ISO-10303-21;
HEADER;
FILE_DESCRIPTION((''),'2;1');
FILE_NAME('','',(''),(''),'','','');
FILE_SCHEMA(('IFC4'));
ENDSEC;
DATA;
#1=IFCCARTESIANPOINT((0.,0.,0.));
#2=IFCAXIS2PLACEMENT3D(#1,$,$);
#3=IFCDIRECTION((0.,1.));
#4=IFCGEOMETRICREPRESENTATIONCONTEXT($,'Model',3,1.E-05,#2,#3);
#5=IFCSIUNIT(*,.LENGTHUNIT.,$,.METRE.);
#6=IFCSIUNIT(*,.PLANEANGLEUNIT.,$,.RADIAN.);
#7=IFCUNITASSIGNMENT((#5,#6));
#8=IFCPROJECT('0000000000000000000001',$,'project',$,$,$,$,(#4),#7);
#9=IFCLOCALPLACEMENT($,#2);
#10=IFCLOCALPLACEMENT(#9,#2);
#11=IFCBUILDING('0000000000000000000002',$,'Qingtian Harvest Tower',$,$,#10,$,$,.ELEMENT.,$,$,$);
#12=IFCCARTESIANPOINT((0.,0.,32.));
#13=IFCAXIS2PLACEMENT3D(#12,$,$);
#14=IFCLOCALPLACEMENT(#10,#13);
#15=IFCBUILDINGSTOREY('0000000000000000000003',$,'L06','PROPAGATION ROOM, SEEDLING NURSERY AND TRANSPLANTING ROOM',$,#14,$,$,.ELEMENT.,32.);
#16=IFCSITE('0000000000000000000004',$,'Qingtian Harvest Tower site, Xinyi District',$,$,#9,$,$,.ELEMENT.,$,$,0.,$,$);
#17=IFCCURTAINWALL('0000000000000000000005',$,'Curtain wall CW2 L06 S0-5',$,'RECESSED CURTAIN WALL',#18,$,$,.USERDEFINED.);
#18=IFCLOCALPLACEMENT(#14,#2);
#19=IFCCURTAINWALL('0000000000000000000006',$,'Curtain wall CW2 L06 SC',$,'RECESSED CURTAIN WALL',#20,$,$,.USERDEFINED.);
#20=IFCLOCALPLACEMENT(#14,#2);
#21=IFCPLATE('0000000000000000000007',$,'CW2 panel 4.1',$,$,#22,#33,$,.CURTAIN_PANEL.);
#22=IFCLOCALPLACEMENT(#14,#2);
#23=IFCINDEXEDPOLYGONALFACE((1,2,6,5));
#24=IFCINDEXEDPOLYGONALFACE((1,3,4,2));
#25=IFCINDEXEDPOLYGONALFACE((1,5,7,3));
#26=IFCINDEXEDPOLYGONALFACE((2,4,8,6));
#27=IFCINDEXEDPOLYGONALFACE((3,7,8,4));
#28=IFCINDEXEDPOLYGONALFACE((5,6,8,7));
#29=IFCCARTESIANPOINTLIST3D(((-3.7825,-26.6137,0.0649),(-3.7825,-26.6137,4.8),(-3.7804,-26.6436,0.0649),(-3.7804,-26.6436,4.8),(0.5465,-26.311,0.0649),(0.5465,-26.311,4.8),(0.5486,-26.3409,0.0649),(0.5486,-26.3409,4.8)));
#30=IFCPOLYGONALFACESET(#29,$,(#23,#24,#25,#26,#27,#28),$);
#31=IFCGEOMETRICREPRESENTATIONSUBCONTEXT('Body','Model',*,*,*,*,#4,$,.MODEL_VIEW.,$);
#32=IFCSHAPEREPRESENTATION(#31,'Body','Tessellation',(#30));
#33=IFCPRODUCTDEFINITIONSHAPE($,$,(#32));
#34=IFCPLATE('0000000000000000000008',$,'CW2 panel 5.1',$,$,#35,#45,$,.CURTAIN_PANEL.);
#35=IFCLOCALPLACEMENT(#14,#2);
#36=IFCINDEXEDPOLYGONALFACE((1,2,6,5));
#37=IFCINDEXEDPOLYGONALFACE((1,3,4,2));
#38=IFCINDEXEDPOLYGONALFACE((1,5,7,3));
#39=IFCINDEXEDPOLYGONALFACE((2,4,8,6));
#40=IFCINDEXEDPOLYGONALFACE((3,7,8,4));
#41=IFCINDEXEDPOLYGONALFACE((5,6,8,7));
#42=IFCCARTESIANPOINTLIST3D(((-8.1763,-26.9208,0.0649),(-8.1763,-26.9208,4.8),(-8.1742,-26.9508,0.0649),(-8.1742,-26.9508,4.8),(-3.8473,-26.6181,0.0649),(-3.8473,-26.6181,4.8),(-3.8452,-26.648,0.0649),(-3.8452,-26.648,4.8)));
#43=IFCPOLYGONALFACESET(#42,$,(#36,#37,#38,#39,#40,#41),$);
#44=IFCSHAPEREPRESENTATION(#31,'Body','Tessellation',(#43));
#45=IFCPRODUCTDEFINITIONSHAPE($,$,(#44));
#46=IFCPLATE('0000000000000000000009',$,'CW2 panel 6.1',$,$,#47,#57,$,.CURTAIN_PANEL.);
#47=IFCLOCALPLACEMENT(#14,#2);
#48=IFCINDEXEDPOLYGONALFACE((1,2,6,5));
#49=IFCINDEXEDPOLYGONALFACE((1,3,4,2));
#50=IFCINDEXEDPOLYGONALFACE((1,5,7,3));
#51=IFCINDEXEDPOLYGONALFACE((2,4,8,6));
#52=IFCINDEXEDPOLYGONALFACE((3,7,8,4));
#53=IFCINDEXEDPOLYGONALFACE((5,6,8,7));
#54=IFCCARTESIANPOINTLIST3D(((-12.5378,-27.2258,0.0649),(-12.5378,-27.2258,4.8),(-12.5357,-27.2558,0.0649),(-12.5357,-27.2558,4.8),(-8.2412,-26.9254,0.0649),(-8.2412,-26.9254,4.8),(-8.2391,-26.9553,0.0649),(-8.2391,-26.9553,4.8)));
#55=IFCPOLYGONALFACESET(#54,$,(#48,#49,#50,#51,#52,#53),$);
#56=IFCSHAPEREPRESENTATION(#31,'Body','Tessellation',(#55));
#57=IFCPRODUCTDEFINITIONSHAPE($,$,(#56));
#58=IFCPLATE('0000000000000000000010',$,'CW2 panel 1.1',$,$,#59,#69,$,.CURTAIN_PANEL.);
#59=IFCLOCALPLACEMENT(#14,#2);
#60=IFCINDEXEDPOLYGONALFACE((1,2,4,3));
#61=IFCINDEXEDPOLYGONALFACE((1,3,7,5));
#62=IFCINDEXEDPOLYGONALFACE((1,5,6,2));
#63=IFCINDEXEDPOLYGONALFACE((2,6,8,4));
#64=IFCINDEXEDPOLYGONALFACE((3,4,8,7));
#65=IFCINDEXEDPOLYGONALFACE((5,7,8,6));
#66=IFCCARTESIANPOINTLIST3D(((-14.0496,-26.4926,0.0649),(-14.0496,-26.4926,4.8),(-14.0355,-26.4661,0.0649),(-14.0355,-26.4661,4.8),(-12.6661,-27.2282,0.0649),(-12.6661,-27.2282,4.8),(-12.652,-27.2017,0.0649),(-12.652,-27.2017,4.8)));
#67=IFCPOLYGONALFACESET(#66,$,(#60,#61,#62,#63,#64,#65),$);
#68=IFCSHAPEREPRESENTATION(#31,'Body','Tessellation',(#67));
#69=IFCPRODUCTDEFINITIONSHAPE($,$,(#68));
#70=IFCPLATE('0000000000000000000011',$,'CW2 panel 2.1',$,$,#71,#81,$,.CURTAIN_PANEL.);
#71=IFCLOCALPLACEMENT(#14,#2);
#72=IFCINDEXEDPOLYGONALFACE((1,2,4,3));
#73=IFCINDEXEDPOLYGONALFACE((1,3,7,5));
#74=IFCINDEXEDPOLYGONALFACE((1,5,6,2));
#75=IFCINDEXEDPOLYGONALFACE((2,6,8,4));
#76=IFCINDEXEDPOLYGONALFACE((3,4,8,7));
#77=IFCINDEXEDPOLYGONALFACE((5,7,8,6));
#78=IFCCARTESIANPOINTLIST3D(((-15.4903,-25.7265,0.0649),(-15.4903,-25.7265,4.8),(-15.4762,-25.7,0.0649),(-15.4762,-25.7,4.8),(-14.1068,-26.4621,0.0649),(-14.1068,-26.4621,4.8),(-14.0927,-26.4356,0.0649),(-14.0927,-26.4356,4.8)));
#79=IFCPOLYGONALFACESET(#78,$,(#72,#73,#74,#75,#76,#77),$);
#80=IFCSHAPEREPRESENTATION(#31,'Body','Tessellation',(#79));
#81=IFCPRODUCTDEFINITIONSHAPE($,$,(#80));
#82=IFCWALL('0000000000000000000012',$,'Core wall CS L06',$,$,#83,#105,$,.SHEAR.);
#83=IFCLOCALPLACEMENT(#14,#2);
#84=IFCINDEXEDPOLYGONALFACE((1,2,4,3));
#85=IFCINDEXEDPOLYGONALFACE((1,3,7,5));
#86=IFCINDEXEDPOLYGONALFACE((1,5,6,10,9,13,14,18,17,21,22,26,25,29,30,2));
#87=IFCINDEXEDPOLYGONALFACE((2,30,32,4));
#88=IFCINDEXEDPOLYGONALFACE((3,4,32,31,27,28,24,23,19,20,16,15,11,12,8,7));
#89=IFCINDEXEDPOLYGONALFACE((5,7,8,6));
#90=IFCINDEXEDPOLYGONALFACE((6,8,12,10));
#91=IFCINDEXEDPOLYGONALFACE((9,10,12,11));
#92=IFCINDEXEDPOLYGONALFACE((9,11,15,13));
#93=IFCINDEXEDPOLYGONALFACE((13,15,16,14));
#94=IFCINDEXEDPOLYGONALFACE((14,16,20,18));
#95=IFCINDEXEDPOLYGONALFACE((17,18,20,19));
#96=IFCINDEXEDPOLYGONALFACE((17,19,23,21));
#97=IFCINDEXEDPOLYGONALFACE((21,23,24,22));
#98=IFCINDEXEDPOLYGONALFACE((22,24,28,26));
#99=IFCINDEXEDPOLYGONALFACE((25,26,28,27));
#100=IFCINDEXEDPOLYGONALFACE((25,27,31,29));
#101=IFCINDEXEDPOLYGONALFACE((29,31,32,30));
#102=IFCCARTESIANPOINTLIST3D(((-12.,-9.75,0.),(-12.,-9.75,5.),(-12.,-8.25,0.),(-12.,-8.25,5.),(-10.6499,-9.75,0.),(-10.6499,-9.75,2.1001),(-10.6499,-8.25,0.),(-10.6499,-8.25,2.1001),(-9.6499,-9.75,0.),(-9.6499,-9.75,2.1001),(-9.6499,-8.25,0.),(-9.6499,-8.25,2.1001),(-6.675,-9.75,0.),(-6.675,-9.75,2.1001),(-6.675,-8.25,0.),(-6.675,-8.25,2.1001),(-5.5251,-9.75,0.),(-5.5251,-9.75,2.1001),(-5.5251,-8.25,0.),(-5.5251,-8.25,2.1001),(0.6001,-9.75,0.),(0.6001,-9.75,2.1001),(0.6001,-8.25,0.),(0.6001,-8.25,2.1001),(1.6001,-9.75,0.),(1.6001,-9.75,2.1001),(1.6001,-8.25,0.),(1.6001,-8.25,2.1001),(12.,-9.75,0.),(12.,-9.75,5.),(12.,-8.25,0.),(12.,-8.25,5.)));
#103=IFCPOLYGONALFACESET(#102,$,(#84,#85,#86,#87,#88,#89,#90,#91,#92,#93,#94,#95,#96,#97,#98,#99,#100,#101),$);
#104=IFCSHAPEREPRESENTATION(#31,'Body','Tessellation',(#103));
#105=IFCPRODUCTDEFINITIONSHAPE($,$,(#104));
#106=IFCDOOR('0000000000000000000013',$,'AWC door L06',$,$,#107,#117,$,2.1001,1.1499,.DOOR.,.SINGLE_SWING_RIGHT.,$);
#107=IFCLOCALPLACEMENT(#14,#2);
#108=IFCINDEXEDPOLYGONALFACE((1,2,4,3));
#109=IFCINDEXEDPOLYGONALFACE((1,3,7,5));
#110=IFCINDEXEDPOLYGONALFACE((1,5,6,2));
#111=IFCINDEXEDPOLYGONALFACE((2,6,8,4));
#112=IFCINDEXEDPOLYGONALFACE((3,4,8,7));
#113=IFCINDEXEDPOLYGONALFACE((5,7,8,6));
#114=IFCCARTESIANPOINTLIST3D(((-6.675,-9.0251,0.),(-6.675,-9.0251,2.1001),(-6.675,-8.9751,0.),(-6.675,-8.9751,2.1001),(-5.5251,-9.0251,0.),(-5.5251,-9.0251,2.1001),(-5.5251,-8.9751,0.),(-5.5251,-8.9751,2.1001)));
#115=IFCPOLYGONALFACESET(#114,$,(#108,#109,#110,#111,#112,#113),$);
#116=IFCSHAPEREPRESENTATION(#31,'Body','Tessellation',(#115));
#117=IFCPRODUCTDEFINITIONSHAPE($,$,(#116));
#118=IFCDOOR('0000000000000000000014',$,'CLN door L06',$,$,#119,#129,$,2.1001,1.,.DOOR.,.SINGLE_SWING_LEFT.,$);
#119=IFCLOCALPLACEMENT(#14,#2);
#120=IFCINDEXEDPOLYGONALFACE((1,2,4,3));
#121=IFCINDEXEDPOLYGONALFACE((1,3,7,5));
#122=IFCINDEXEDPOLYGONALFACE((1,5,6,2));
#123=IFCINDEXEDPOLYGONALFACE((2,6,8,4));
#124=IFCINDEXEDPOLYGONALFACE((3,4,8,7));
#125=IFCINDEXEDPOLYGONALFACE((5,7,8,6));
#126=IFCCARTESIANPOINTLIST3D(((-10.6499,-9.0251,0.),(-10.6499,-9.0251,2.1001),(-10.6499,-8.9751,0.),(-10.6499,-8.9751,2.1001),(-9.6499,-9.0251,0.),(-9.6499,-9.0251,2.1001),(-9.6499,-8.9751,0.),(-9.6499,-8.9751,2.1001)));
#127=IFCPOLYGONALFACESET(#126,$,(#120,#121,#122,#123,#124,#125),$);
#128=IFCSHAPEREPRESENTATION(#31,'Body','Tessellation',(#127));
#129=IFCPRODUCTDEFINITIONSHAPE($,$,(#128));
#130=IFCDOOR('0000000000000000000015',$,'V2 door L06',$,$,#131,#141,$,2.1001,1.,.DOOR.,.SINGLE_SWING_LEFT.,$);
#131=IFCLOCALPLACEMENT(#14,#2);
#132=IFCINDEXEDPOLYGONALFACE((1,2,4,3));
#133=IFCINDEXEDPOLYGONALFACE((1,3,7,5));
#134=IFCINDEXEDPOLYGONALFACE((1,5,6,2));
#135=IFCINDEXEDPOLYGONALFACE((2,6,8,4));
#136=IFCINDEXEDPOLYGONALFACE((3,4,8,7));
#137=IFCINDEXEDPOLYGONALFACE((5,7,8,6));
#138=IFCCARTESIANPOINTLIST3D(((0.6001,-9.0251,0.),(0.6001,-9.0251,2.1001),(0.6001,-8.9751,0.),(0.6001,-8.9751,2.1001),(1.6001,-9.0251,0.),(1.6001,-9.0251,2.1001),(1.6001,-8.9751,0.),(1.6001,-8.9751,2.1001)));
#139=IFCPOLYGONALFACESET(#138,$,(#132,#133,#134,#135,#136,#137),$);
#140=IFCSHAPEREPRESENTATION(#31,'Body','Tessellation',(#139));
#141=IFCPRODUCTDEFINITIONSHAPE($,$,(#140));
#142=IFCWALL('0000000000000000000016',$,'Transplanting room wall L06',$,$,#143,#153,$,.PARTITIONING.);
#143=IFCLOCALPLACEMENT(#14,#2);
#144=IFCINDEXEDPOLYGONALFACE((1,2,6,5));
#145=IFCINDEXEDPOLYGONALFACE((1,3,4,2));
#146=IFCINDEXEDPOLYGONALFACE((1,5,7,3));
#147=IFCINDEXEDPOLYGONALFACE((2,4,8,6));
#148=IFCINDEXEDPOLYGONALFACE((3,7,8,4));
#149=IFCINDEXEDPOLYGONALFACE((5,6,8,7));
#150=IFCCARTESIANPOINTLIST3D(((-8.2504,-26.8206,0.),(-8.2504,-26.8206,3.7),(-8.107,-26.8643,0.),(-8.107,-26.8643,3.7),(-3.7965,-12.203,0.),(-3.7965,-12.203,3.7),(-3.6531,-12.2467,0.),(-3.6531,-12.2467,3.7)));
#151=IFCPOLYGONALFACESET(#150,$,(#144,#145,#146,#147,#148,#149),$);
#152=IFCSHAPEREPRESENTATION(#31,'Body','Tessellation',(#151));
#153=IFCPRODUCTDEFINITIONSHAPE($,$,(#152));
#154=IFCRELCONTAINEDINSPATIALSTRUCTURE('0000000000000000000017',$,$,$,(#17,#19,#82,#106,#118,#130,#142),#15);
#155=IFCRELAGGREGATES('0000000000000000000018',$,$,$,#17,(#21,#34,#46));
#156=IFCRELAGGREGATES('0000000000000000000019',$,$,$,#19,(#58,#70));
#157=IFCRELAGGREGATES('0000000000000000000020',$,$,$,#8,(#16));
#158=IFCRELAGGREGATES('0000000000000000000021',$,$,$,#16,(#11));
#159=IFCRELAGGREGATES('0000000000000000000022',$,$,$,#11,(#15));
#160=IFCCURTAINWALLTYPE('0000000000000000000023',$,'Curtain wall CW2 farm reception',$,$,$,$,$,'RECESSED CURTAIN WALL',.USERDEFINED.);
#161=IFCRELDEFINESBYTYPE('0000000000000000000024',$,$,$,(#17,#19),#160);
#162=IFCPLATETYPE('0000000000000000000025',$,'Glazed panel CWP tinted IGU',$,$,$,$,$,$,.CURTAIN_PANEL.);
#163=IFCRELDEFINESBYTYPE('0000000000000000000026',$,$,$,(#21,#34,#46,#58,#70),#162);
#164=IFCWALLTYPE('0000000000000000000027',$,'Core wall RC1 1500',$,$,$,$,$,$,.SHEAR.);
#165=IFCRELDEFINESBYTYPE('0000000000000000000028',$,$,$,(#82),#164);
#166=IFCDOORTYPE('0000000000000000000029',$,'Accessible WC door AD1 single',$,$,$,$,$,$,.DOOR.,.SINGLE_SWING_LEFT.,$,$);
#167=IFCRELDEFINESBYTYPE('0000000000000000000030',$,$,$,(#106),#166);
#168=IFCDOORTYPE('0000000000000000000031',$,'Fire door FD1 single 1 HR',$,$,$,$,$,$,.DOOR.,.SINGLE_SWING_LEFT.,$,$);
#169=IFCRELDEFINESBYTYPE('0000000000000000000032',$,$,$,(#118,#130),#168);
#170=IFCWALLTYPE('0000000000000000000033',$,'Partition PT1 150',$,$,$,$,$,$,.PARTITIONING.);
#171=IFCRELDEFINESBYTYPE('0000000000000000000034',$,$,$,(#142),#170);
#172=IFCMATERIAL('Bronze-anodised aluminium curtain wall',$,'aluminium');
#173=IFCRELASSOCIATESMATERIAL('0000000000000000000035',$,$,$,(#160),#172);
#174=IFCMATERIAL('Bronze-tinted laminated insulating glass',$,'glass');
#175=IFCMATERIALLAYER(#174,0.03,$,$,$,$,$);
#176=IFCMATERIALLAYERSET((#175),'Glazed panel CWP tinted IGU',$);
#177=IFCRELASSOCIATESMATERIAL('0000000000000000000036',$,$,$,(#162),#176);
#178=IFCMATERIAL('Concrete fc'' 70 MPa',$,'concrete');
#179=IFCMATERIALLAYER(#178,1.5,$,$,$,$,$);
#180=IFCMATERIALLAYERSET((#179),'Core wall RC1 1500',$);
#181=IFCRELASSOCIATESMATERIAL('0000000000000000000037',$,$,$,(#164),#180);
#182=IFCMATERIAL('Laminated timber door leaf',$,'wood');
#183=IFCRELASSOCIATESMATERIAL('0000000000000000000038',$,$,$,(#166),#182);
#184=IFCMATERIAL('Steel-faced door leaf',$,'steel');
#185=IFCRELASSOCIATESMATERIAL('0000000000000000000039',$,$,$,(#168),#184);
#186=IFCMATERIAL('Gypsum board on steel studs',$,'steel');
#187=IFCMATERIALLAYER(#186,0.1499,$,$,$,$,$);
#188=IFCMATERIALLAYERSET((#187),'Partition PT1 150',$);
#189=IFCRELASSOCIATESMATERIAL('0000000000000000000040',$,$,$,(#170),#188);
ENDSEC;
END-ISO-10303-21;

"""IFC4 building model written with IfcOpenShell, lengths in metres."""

from ifc_helpers import new_model, si_unit, direction, frame, frame_2d, origin, origin_2d, place, context, subcontext, project, spatial, rectangle, extrude, material, layer, layer_set, type_object, element, fill, aggregate, save


model = new_model("IFC4")

# Units and contexts
model_context = context("Model", 3, precision=1e-05, world=origin(), true_north=direction((0.0, 1.0)))
body_context = subcontext(model_context, "Body", "Model", "MODEL_VIEW")
ifc_project = project(units=[si_unit("LENGTHUNIT", "METRE"), si_unit("PLANEANGLEUNIT", "RADIAN")], contexts=[model_context])

# Site, building, storey
site_placement = place(None, origin())
site = spatial("IfcSite", under=ifc_project, at=site_placement, Name="Qingtian Harvest Tower site, Xinyi District", CompositionType="ELEMENT", RefElevation=0.0)
building_placement = place(site_placement, origin())
building = spatial("IfcBuilding", under=site, at=building_placement, Name="Qingtian Harvest Tower", CompositionType="ELEMENT")
storey_placement = place(building_placement, frame((0.0, 0.0, 32.0)))
storey = spatial("IfcBuildingStorey", under=building, at=storey_placement, Name="L06", Description="PROPAGATION ROOM, SEEDLING NURSERY AND TRANSPLANTING ROOM", CompositionType="ELEMENT", Elevation=32.0)

# Curtain walls
ifc_material_1 = material(Name="Bronze-anodised aluminium curtain wall", Category="aluminium")
curtain_wall_type = type_object("IfcCurtainWallType", Name="Curtain wall CW2 farm reception", ElementType="RECESSED CURTAIN WALL", PredefinedType="USERDEFINED", material=ifc_material_1)
curtain_wall_1_placement = place(storey_placement, origin())
curtain_wall_1 = element("IfcCurtainWall", 1, at=curtain_wall_1_placement, inside=storey, type_object=curtain_wall_type, Name="Curtain wall CW2 L06 S0-5", ObjectType="RECESSED CURTAIN WALL", PredefinedType="USERDEFINED")
curtain_wall_2_placement = place(storey_placement, origin())
curtain_wall_2 = element("IfcCurtainWall", 2, at=curtain_wall_2_placement, inside=storey, type_object=curtain_wall_type, Name="Curtain wall CW2 L06 SC", ObjectType="RECESSED CURTAIN WALL", PredefinedType="USERDEFINED")

# Plates
ifc_material_2 = material(Name="Bronze-tinted laminated insulating glass", Category="glass")
ifc_layer_1 = layer(ifc_material_2, 0.03)
ifc_layer_set_1 = layer_set([ifc_layer_1], Name="Glazed panel CWP tinted IGU")
plate_type = type_object("IfcPlateType", Name="Glazed panel CWP tinted IGU", PredefinedType="CURTAIN_PANEL", material=ifc_layer_set_1)
plate_1_placement = place(storey_placement, frame((-1.6169, -26.4773, 0.0649), z_axis=(0.0, 0.0, 1.0), x_axis=(-0.997564, -0.069756, 0.0)))
plate_1 = element("IfcPlate", 3, at=plate_1_placement, type_object=plate_type, Name="CW2 panel 4.1", PredefinedType="CURTAIN_PANEL", context=body_context, shape_type="SweptSolid", body=[
    extrude(rectangle(XDim=4.3396, YDim=0.03, at=origin_2d()), origin(), (0.0, 0.0, 1.0), 4.7351),
])
plate_2_placement = place(storey_placement, frame((-6.0107, -26.7844, 0.0649), z_axis=(0.0, 0.0, 1.0), x_axis=(-0.997564, -0.069756, 0.0)))
plate_2 = element("IfcPlate", 4, at=plate_2_placement, type_object=plate_type, Name="CW2 panel 5.1", PredefinedType="CURTAIN_PANEL", context=body_context, shape_type="SweptSolid", body=[
    extrude(rectangle(XDim=4.3396, YDim=0.03, at=origin_2d()), origin(), (0.0, 0.0, 1.0), 4.7351),
])
plate_3_placement = place(storey_placement, frame((-10.3884, -27.0906, 0.0649), z_axis=(0.0, 0.0, 1.0), x_axis=(-0.997564, -0.069756, 0.0)))
plate_3 = element("IfcPlate", 5, at=plate_3_placement, type_object=plate_type, Name="CW2 panel 6.1", PredefinedType="CURTAIN_PANEL", context=body_context, shape_type="SweptSolid", body=[
    extrude(rectangle(XDim=4.3071, YDim=0.03, at=origin_2d()), origin(), (0.0, 0.0, 1.0), 4.7351),
])
aggregate(curtain_wall_1, [plate_1, plate_2, plate_3])
plate_4_placement = place(storey_placement, frame((-13.3508, -26.8472, 0.0649), z_axis=(0.0, 0.0, 1.0), x_axis=(-0.882948, 0.469472, 0.0)))
plate_4 = element("IfcPlate", 6, at=plate_4_placement, type_object=plate_type, Name="CW2 panel 1.1", PredefinedType="CURTAIN_PANEL", context=body_context, shape_type="SweptSolid", body=[
    extrude(rectangle(XDim=1.5669, YDim=0.03, at=origin_2d()), origin(), (0.0, 0.0, 1.0), 4.7351),
])
plate_5_placement = place(storey_placement, frame((-14.7915, -26.0811, 0.0649), z_axis=(0.0, 0.0, 1.0), x_axis=(-0.882948, 0.469472, 0.0)))
plate_5 = element("IfcPlate", 7, at=plate_5_placement, type_object=plate_type, Name="CW2 panel 2.1", PredefinedType="CURTAIN_PANEL", context=body_context, shape_type="SweptSolid", body=[
    extrude(rectangle(XDim=1.5669, YDim=0.03, at=origin_2d()), origin(), (0.0, 0.0, 1.0), 4.7351),
])
aggregate(curtain_wall_2, [plate_4, plate_5])

# Wall, openings, doors
ifc_material_3 = material(Name="Concrete fc' 70 MPa", Category="concrete")
ifc_layer_2 = layer(ifc_material_3, 1.5)
ifc_layer_set_2 = layer_set([ifc_layer_2], Name="Core wall RC1 1500")
wall_type_1 = type_object("IfcWallType", Name="Core wall RC1 1500", PredefinedType="SHEAR", material=ifc_layer_set_2)
wall_1_placement = place(storey_placement, frame((-12.0, -9.0, 0.0), z_axis=(0.0, 0.0, 1.0), x_axis=(1.0, 0.0, 0.0)))
wall_1 = element("IfcWall", 8, at=wall_1_placement, inside=storey, type_object=wall_type_1, Name="Core wall CS L06", PredefinedType="SHEAR", context=body_context, shape_type="SweptSolid", body=[
    extrude(rectangle(XDim=24.0, YDim=1.5, at=frame_2d((12.0, 0.0))), origin(), (0.0, 0.0, 1.0), 5.0),
])
opening_1_placement = place(wall_1_placement, frame((1.3501, 0.0, 0.0)))
opening_1 = element("IfcOpeningElement", 9, at=opening_1_placement, cuts=wall_1, PredefinedType="OPENING", context=body_context, shape_type="SweptSolid", body=[
    extrude(rectangle(XDim=1.0, YDim=2.1001, at=frame_2d((0.5, 1.05))), frame((0.0, 0.76, 0.0), z_axis=(0.0, -1.0, 0.0), x_axis=(1.0, 0.0, 0.0)), (0.0, 0.0, 1.0), 1.52),
])
opening_2_placement = place(wall_1_placement, frame((5.325, 0.0, 0.0)))
opening_2 = element("IfcOpeningElement", 10, at=opening_2_placement, cuts=wall_1, PredefinedType="OPENING", context=body_context, shape_type="SweptSolid", body=[
    extrude(rectangle(XDim=1.1499, YDim=2.1001, at=frame_2d((0.575, 1.05))), frame((0.0, 0.76, 0.0), z_axis=(0.0, -1.0, 0.0), x_axis=(1.0, 0.0, 0.0)), (0.0, 0.0, 1.0), 1.52),
])
opening_3_placement = place(wall_1_placement, frame((12.6001, 0.0, 0.0)))
opening_3 = element("IfcOpeningElement", 11, at=opening_3_placement, cuts=wall_1, PredefinedType="OPENING", context=body_context, shape_type="SweptSolid", body=[
    extrude(rectangle(XDim=1.0, YDim=2.1001, at=frame_2d((0.5, 1.05))), frame((0.0, 0.76, 0.0), z_axis=(0.0, -1.0, 0.0), x_axis=(1.0, 0.0, 0.0)), (0.0, 0.0, 1.0), 1.52),
])
ifc_material_4 = material(Name="Laminated timber door leaf", Category="wood")
door_type_1 = type_object("IfcDoorType", Name="Accessible WC door AD1 single", OperationType="SINGLE_SWING_LEFT", PredefinedType="DOOR", material=ifc_material_4)
door_1_placement = place(opening_2_placement, origin())
door_1 = element("IfcDoor", 12, at=door_1_placement, inside=storey, type_object=door_type_1, Name="AWC door L06", OperationType="SINGLE_SWING_RIGHT", OverallHeight=2.1001, OverallWidth=1.1499, PredefinedType="DOOR", context=body_context, shape_type="SweptSolid", body=[
    extrude(rectangle(XDim=1.1499, YDim=2.1001, at=frame_2d((0.575, 1.05))), frame((0.0, 0.0249, 0.0), z_axis=(0.0, -1.0, 0.0), x_axis=(1.0, 0.0, 0.0)), (0.0, 0.0, 1.0), 0.05),
])
fill(opening_2, door_1)
ifc_material_5 = material(Name="Steel-faced door leaf", Category="steel")
door_type_2 = type_object("IfcDoorType", Name="Fire door FD1 single 1 HR", OperationType="SINGLE_SWING_LEFT", PredefinedType="DOOR", material=ifc_material_5)
door_2_placement = place(opening_1_placement, origin())
door_2 = element("IfcDoor", 13, at=door_2_placement, inside=storey, type_object=door_type_2, Name="CLN door L06", OperationType="SINGLE_SWING_LEFT", OverallHeight=2.1001, OverallWidth=1.0, PredefinedType="DOOR", context=body_context, shape_type="SweptSolid", body=[
    extrude(rectangle(XDim=1.0, YDim=2.1001, at=frame_2d((0.5, 1.05))), frame((0.0, 0.0249, 0.0), z_axis=(0.0, -1.0, 0.0), x_axis=(1.0, 0.0, 0.0)), (0.0, 0.0, 1.0), 0.05),
])
fill(opening_1, door_2)
door_3_placement = place(opening_3_placement, origin())
door_3 = element("IfcDoor", 14, at=door_3_placement, inside=storey, type_object=door_type_2, Name="V2 door L06", OperationType="SINGLE_SWING_LEFT", OverallHeight=2.1001, OverallWidth=1.0, PredefinedType="DOOR", context=body_context, shape_type="SweptSolid", body=[
    extrude(rectangle(XDim=1.0, YDim=2.1001, at=frame_2d((0.5, 1.05))), frame((0.0, 0.0249, 0.0), z_axis=(0.0, -1.0, 0.0), x_axis=(1.0, 0.0, 0.0)), (0.0, 0.0, 1.0), 0.05),
])
fill(opening_3, door_3)

# Wall
ifc_material_6 = material(Name="Gypsum board on steel studs", Category="steel")
ifc_layer_3 = layer(ifc_material_6, 0.1499)
ifc_layer_set_3 = layer_set([ifc_layer_3], Name="Partition PT1 150")
wall_type_2 = type_object("IfcWallType", Name="Partition PT1 150", PredefinedType="PARTITIONING", material=ifc_layer_set_3)
wall_2_placement = place(storey_placement, frame((-8.1787, -26.8425, 0.0), z_axis=(0.0, 0.0, 1.0), x_axis=(0.291465, 0.956581, 0.0)))
element("IfcWall", 15, at=wall_2_placement, inside=storey, type_object=wall_type_2, Name="Transplanting room wall L06", PredefinedType="PARTITIONING", context=body_context, shape_type="SweptSolid", body=[
    extrude(rectangle(XDim=15.281, YDim=0.1499, at=frame_2d((7.6406, 0.0))), origin(), (0.0, 0.0, 1.0), 3.7),
])

save(model, "model.ifc")
